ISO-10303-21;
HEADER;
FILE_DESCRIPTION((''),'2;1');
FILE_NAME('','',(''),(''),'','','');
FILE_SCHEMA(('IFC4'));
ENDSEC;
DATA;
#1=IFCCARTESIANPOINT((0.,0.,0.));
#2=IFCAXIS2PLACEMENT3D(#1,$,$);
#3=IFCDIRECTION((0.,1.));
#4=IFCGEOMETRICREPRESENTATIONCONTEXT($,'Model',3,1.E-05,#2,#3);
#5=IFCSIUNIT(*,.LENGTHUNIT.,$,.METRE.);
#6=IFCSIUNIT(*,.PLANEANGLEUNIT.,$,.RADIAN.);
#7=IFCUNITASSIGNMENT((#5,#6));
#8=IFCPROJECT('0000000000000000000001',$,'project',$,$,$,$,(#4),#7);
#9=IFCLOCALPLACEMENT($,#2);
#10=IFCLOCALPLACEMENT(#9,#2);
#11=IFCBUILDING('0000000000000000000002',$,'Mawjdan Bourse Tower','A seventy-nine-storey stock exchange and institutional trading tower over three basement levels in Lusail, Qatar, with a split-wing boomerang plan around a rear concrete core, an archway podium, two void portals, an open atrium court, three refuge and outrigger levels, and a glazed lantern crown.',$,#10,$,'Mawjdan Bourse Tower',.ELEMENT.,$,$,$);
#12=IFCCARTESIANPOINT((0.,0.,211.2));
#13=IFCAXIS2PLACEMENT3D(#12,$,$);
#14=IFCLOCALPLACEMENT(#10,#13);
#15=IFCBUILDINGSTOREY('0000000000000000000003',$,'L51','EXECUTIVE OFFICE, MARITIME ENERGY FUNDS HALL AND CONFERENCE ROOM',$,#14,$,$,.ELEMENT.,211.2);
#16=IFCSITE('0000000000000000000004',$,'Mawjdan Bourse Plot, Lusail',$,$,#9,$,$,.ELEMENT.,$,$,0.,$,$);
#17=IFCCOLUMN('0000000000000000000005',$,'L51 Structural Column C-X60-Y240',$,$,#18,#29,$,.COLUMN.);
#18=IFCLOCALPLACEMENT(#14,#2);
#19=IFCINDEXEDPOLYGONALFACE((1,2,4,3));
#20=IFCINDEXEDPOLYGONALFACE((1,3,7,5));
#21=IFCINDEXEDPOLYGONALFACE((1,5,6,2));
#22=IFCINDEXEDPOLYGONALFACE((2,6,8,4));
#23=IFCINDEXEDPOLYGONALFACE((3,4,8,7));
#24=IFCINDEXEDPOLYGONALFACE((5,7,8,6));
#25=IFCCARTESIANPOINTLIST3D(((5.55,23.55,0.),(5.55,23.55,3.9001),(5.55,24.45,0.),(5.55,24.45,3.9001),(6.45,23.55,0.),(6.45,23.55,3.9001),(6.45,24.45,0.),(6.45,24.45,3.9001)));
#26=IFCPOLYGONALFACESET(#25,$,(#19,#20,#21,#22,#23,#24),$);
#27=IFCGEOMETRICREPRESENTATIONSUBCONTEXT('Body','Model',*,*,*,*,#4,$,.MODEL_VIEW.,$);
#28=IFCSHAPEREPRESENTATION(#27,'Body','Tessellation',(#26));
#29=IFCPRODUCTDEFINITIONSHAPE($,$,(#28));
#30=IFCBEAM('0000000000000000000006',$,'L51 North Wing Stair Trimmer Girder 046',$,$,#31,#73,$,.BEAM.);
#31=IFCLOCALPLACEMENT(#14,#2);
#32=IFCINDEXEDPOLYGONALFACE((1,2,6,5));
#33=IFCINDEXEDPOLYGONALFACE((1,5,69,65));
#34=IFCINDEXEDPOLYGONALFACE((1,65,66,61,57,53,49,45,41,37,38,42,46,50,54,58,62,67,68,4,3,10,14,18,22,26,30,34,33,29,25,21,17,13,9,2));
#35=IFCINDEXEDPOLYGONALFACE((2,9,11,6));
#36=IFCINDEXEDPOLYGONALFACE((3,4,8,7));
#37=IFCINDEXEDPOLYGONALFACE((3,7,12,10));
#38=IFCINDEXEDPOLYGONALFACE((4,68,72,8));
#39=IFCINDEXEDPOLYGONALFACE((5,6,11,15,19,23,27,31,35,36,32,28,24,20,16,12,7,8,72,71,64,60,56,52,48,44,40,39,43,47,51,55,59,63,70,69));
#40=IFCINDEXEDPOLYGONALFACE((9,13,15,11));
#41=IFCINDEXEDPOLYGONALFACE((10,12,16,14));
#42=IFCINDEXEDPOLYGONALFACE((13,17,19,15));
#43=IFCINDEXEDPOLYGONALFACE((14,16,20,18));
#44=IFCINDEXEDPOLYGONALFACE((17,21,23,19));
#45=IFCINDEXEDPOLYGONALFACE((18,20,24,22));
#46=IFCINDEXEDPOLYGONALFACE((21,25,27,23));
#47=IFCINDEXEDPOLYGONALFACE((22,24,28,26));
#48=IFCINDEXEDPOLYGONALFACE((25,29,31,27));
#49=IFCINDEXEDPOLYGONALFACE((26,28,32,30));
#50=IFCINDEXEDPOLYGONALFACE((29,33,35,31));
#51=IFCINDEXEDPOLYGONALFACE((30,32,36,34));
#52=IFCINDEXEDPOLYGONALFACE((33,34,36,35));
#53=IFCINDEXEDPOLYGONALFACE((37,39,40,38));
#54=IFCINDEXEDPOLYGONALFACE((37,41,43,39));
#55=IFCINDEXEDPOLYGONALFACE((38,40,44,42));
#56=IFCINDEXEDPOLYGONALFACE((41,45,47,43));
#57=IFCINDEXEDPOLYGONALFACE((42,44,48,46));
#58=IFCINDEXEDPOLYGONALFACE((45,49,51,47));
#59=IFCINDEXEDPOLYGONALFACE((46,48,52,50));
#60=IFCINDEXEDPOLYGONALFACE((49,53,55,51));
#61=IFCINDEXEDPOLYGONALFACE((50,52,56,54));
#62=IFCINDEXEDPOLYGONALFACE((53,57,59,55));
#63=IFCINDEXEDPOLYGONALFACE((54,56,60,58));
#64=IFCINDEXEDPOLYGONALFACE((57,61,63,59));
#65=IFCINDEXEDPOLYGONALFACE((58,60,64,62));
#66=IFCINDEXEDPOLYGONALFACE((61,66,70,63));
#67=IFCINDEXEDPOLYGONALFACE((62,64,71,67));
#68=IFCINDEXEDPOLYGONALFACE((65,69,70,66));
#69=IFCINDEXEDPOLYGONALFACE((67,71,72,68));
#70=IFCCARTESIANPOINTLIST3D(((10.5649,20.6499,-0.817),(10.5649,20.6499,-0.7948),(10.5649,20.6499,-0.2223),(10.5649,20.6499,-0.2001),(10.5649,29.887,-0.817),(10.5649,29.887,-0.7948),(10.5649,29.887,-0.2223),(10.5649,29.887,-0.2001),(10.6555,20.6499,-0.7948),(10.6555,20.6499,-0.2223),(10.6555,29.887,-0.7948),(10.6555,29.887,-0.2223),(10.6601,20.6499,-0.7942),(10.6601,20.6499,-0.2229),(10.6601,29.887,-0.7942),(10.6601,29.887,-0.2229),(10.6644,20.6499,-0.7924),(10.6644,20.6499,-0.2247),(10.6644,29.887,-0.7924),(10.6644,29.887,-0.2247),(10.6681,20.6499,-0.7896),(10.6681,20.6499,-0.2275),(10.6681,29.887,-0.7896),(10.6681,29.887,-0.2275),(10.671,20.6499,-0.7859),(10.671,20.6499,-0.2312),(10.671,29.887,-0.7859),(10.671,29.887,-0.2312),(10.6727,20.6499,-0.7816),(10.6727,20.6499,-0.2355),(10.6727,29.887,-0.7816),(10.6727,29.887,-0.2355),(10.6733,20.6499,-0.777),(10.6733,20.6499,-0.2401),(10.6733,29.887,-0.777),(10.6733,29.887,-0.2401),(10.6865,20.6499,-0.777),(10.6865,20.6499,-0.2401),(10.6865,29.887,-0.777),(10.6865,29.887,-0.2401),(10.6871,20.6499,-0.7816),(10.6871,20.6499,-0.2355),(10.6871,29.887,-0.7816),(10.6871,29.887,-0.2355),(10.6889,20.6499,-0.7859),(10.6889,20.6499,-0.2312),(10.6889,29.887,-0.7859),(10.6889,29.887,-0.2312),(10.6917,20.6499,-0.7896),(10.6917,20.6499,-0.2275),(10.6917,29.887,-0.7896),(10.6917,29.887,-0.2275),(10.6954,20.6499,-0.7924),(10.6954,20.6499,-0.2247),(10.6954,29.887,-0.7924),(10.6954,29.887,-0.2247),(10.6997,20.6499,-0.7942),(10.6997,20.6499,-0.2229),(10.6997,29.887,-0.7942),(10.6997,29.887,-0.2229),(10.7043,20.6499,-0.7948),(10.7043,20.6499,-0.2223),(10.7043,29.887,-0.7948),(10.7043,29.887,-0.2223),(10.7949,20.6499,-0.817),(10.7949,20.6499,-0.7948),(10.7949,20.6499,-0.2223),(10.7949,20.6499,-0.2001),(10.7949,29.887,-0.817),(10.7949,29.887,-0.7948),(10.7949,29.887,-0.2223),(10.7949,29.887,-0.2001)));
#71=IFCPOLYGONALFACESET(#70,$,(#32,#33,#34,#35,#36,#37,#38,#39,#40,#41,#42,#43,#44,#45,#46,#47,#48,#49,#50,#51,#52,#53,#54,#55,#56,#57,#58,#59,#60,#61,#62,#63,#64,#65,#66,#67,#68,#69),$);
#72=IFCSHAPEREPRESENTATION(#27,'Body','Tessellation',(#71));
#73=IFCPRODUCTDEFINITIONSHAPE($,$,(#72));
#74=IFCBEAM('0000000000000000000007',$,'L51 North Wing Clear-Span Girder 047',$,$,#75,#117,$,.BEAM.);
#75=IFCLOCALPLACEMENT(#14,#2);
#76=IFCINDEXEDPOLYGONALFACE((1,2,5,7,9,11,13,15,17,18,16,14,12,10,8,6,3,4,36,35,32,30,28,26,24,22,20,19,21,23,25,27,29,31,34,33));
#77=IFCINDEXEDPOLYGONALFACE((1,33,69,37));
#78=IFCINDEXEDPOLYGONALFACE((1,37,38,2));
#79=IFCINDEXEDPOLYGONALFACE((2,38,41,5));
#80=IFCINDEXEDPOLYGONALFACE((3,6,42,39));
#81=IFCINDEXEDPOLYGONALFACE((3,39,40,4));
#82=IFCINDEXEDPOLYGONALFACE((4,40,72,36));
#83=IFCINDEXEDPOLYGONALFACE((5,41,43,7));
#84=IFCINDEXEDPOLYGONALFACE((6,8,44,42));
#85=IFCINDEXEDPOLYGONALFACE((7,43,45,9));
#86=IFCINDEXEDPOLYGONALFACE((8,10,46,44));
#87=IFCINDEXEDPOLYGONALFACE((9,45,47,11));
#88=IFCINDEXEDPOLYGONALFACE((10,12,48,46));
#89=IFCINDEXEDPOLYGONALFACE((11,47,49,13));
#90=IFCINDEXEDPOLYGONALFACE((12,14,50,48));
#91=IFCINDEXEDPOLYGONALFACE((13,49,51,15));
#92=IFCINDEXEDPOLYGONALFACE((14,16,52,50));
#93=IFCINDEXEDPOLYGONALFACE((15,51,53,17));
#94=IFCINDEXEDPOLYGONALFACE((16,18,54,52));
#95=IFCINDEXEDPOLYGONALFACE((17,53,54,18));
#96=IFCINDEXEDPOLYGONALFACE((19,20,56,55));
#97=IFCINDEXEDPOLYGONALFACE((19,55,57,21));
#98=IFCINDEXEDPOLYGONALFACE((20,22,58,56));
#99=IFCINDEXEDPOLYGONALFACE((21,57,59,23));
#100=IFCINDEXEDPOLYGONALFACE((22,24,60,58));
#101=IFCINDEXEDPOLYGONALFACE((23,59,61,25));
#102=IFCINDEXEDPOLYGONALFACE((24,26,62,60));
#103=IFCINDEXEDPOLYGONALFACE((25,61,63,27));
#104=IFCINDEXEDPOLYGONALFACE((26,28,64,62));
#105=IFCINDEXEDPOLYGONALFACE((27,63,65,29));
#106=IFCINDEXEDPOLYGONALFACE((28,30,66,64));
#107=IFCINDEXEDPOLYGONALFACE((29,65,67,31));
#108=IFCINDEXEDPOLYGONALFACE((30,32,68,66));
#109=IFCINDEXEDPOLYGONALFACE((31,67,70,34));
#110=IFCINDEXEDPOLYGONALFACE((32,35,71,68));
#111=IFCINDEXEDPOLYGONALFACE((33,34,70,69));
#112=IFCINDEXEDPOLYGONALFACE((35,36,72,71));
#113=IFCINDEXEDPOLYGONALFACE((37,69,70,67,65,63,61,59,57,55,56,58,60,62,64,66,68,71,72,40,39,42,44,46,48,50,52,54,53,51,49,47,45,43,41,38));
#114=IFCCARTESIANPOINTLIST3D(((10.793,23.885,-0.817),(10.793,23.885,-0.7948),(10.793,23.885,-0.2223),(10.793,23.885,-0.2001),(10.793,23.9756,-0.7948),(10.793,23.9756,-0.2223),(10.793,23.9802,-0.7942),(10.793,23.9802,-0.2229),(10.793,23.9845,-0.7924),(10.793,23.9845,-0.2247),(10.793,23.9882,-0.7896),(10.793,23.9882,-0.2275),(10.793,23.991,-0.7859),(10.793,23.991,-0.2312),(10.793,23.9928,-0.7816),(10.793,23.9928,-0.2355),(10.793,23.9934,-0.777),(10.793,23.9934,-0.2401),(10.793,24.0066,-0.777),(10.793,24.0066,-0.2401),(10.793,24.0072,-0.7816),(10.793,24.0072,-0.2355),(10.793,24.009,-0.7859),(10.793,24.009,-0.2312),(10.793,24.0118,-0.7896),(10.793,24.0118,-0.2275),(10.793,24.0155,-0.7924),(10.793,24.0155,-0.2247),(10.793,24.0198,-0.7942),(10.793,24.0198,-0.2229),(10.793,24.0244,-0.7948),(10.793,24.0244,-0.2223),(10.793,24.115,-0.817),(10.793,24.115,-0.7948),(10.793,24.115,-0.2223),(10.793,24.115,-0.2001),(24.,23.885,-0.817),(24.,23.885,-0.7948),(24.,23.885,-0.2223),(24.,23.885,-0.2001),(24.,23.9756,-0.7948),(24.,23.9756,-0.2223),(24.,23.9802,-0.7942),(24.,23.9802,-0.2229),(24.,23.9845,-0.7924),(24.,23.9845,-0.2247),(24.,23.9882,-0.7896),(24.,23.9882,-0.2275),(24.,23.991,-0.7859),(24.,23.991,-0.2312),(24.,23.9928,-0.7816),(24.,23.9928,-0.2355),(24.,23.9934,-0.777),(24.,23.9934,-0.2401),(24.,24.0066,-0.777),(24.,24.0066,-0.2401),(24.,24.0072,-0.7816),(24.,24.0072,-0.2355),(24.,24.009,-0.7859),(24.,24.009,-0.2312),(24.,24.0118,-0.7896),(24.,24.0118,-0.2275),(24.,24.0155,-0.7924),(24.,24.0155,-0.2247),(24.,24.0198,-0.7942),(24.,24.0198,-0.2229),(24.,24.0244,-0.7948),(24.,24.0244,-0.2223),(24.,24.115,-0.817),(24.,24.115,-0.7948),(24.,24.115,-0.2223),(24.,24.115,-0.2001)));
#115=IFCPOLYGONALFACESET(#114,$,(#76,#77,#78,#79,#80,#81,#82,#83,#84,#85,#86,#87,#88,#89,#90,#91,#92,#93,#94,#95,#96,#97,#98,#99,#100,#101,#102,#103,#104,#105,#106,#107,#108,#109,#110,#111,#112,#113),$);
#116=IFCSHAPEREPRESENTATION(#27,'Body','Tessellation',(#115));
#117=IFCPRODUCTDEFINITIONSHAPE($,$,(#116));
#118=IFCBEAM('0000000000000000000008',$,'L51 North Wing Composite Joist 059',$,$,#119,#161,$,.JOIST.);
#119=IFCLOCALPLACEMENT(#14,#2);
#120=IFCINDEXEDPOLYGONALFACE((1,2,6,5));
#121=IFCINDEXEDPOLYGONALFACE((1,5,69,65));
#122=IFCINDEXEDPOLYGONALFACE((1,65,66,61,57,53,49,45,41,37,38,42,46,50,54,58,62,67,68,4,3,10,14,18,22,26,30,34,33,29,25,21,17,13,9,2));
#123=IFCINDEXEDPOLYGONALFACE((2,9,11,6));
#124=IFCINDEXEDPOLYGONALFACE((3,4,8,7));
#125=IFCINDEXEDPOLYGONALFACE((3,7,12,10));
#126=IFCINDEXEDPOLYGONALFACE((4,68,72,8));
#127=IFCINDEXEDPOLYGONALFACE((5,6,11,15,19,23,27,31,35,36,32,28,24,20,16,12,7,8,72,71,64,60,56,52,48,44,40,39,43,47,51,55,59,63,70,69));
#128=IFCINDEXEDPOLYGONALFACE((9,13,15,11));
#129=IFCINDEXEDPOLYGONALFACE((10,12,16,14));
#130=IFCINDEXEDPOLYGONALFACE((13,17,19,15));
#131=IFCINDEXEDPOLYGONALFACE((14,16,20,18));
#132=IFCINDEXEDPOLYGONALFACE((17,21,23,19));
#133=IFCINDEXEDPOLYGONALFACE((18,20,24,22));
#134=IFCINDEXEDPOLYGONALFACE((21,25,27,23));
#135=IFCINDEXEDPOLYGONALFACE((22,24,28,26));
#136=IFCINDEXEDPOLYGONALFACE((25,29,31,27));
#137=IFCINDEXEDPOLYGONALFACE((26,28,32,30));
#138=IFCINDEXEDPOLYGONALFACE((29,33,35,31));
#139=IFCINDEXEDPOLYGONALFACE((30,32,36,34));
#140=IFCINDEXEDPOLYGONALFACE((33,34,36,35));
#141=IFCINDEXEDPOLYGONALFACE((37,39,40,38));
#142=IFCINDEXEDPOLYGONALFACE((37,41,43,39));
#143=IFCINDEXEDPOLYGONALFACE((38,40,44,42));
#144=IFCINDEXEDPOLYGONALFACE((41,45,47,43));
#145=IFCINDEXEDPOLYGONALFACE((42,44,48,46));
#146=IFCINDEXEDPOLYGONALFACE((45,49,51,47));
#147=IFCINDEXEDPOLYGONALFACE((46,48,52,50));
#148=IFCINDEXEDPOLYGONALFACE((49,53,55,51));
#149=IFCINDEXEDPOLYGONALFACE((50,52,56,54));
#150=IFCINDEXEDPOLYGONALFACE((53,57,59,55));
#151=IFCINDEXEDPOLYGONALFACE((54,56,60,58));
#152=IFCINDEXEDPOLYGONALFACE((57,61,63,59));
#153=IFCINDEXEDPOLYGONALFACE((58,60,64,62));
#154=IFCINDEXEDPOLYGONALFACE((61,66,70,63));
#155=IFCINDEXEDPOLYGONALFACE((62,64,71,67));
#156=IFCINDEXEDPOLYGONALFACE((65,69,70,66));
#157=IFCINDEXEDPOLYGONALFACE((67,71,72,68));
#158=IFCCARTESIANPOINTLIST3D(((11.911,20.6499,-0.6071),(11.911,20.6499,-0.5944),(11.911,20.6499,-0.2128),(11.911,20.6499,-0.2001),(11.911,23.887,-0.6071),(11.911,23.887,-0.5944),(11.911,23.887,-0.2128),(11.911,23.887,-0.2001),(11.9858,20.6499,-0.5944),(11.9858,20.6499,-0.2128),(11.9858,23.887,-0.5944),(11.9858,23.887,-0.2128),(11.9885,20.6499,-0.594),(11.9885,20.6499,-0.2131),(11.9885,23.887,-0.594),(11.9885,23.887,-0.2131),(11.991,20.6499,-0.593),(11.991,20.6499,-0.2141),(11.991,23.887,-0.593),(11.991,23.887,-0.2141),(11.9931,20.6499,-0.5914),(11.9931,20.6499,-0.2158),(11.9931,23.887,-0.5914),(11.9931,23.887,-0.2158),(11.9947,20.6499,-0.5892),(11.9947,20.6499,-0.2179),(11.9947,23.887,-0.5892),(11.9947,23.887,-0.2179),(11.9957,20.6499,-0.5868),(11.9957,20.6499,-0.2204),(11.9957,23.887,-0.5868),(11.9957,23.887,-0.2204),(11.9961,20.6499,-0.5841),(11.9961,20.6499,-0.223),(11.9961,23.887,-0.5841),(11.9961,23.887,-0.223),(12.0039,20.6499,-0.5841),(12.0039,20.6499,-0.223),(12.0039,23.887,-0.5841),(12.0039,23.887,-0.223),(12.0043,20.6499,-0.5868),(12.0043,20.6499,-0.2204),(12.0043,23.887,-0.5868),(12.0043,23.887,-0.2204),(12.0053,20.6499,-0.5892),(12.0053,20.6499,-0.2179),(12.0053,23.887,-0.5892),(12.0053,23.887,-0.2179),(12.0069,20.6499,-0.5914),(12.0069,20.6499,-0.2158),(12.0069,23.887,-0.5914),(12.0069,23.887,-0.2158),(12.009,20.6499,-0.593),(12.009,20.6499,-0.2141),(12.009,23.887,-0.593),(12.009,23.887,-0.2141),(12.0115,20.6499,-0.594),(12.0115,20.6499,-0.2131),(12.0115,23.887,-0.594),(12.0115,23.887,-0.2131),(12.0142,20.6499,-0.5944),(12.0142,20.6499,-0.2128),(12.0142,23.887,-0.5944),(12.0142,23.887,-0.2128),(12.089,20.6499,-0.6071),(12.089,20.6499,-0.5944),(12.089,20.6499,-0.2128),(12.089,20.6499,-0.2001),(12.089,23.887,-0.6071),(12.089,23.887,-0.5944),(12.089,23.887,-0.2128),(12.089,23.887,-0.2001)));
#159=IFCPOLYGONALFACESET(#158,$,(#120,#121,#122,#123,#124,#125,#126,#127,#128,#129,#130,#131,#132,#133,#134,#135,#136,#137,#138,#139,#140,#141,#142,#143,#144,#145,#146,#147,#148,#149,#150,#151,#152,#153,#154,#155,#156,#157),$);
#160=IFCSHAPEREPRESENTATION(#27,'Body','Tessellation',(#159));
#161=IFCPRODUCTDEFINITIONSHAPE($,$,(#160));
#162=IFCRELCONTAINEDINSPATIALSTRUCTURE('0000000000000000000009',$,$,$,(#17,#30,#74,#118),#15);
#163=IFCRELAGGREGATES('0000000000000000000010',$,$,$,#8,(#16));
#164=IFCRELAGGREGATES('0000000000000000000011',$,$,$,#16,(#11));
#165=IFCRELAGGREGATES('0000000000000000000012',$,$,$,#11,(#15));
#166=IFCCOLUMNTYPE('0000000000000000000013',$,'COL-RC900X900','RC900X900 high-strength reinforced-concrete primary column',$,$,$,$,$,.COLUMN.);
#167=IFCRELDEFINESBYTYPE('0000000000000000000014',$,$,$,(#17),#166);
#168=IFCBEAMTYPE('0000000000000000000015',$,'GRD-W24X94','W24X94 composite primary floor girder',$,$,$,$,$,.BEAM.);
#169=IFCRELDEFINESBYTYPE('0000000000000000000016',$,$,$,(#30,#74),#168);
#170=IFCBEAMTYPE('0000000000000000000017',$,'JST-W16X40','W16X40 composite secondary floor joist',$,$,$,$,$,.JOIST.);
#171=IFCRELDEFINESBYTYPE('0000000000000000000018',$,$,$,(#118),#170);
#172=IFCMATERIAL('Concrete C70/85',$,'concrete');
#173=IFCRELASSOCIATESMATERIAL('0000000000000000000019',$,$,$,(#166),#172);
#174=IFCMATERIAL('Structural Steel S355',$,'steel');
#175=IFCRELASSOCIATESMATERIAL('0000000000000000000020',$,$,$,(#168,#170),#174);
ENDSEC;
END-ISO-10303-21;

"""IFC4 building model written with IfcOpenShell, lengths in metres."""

from ifc_helpers import new_model, si_unit, direction, frame, origin, origin_2d, place, context, subcontext, project, spatial, rectangle, i_section, extrude, material, material_profile, profile_set, type_object, element, save


model = new_model("IFC4")

# Units and contexts
model_context = context("Model", 3, precision=1e-05, world=origin(), true_north=direction((0.0, 1.0)))
body_context = subcontext(model_context, "Body", "Model", "MODEL_VIEW")
ifc_project = project(units=[si_unit("LENGTHUNIT", "METRE"), si_unit("PLANEANGLEUNIT", "RADIAN")], contexts=[model_context])

# Site, building, storey
site_placement = place(None, origin())
site = spatial("IfcSite", under=ifc_project, at=site_placement, Name="Mawjdan Bourse Plot, Lusail", CompositionType="ELEMENT", RefElevation=0.0)
building_placement = place(site_placement, origin())
building = spatial("IfcBuilding", under=site, at=building_placement, Name="Mawjdan Bourse Tower", Description="A seventy-nine-storey stock exchange and institutional trading tower over three basement levels in Lusail, Qatar, with a split-wing boomerang plan around a rear concrete core, an archway podium, two void portals, an open atrium court, three refuge and outrigger levels, and a glazed lantern crown.", LongName="Mawjdan Bourse Tower", CompositionType="ELEMENT")
storey_placement = place(building_placement, frame((0.0, 0.0, 211.2)))
storey = spatial("IfcBuildingStorey", under=building, at=storey_placement, Name="L51", Description="EXECUTIVE OFFICE, MARITIME ENERGY FUNDS HALL AND CONFERENCE ROOM", CompositionType="ELEMENT", Elevation=211.2)

# Column
ifc_material_1 = material(Name="Concrete C70/85", Category="concrete")
ifc_material_profile_1 = material_profile(ifc_material_1, rectangle(XDim=0.8999, YDim=0.8999, at=origin_2d()), Name="RC900X900")
ifc_profile_set_1 = profile_set([ifc_material_profile_1], Name="Concrete C70/85")
column_type = type_object("IfcColumnType", Name="COL-RC900X900", Description="RC900X900 high-strength reinforced-concrete primary column", PredefinedType="COLUMN", material=ifc_profile_set_1)
column_placement = place(storey_placement, frame((6.0, 24.0, 0.0), z_axis=(0.0, 0.0, 1.0), x_axis=(1.0, 0.0, 0.0)))
element("IfcColumn", 1, at=column_placement, inside=storey, type_object=column_type, Name="L51 Structural Column C-X60-Y240", PredefinedType="COLUMN", context=body_context, shape_type="SweptSolid", body=[
    extrude(rectangle(XDim=0.8999, YDim=0.8999, at=origin_2d()), origin(), (0.0, 0.0, 1.0), 3.9001),
])

# Beams
ifc_material_2 = material(Name="Structural Steel S355", Category="steel")
ifc_material_profile_2 = material_profile(ifc_material_2, i_section(OverallWidth=0.23, OverallDepth=0.6169, WebThickness=0.0132, FlangeThickness=0.0222, FilletRadius=0.0178, at=origin_2d()), Name="W24X94")
ifc_profile_set_2 = profile_set([ifc_material_profile_2], Name="Structural Steel S355")
beam_type_1 = type_object("IfcBeamType", Name="GRD-W24X94", Description="W24X94 composite primary floor girder", PredefinedType="BEAM", material=ifc_profile_set_2)
beam_1_placement = place(storey_placement, frame((10.6799, 20.6499, -0.5085), z_axis=(0.0, 1.0, 0.0), x_axis=(-1.0, 0.0, 0.0)))
element("IfcBeam", 2, at=beam_1_placement, inside=storey, type_object=beam_type_1, Name="L51 North Wing Stair Trimmer Girder 046", PredefinedType="BEAM", context=body_context, shape_type="SweptSolid", body=[
    extrude(i_section(OverallWidth=0.23, OverallDepth=0.6169, WebThickness=0.0132, FlangeThickness=0.0222, FilletRadius=0.0178, at=origin_2d()), origin(), (0.0, 0.0, 1.0), 9.2371),
])
beam_2_placement = place(storey_placement, frame((10.793, 24.0, -0.5085), z_axis=(1.0, 0.0, 0.0), x_axis=(0.0, 1.0, 0.0)))
element("IfcBeam", 3, at=beam_2_placement, inside=storey, type_object=beam_type_1, Name="L51 North Wing Clear-Span Girder 047", PredefinedType="BEAM", context=body_context, shape_type="SweptSolid", body=[
    extrude(i_section(OverallWidth=0.23, OverallDepth=0.6169, WebThickness=0.0132, FlangeThickness=0.0222, FilletRadius=0.0178, at=origin_2d()), origin(), (0.0, 0.0, 1.0), 13.207),
])
ifc_material_profile_3 = material_profile(ifc_material_2, i_section(OverallWidth=0.178, OverallDepth=0.407, WebThickness=0.0078, FlangeThickness=0.0127, FilletRadius=0.0103, at=origin_2d()), Name="W16X40")
ifc_profile_set_3 = profile_set([ifc_material_profile_3], Name="Structural Steel S355")
beam_type_2 = type_object("IfcBeamType", Name="JST-W16X40", Description="W16X40 composite secondary floor joist", PredefinedType="JOIST", material=ifc_profile_set_3)
beam_3_placement = place(storey_placement, frame((12.0, 20.6499, -0.4036), z_axis=(0.0, 1.0, 0.0), x_axis=(-1.0, 0.0, 0.0)))
element("IfcBeam", 4, at=beam_3_placement, inside=storey, type_object=beam_type_2, Name="L51 North Wing Composite Joist 059", PredefinedType="JOIST", context=body_context, shape_type="SweptSolid", body=[
    extrude(i_section(OverallWidth=0.178, OverallDepth=0.407, WebThickness=0.0078, FlangeThickness=0.0127, FilletRadius=0.0103, at=origin_2d()), origin(), (0.0, 0.0, 1.0), 3.2371),
])

save(model, "model.ifc")
